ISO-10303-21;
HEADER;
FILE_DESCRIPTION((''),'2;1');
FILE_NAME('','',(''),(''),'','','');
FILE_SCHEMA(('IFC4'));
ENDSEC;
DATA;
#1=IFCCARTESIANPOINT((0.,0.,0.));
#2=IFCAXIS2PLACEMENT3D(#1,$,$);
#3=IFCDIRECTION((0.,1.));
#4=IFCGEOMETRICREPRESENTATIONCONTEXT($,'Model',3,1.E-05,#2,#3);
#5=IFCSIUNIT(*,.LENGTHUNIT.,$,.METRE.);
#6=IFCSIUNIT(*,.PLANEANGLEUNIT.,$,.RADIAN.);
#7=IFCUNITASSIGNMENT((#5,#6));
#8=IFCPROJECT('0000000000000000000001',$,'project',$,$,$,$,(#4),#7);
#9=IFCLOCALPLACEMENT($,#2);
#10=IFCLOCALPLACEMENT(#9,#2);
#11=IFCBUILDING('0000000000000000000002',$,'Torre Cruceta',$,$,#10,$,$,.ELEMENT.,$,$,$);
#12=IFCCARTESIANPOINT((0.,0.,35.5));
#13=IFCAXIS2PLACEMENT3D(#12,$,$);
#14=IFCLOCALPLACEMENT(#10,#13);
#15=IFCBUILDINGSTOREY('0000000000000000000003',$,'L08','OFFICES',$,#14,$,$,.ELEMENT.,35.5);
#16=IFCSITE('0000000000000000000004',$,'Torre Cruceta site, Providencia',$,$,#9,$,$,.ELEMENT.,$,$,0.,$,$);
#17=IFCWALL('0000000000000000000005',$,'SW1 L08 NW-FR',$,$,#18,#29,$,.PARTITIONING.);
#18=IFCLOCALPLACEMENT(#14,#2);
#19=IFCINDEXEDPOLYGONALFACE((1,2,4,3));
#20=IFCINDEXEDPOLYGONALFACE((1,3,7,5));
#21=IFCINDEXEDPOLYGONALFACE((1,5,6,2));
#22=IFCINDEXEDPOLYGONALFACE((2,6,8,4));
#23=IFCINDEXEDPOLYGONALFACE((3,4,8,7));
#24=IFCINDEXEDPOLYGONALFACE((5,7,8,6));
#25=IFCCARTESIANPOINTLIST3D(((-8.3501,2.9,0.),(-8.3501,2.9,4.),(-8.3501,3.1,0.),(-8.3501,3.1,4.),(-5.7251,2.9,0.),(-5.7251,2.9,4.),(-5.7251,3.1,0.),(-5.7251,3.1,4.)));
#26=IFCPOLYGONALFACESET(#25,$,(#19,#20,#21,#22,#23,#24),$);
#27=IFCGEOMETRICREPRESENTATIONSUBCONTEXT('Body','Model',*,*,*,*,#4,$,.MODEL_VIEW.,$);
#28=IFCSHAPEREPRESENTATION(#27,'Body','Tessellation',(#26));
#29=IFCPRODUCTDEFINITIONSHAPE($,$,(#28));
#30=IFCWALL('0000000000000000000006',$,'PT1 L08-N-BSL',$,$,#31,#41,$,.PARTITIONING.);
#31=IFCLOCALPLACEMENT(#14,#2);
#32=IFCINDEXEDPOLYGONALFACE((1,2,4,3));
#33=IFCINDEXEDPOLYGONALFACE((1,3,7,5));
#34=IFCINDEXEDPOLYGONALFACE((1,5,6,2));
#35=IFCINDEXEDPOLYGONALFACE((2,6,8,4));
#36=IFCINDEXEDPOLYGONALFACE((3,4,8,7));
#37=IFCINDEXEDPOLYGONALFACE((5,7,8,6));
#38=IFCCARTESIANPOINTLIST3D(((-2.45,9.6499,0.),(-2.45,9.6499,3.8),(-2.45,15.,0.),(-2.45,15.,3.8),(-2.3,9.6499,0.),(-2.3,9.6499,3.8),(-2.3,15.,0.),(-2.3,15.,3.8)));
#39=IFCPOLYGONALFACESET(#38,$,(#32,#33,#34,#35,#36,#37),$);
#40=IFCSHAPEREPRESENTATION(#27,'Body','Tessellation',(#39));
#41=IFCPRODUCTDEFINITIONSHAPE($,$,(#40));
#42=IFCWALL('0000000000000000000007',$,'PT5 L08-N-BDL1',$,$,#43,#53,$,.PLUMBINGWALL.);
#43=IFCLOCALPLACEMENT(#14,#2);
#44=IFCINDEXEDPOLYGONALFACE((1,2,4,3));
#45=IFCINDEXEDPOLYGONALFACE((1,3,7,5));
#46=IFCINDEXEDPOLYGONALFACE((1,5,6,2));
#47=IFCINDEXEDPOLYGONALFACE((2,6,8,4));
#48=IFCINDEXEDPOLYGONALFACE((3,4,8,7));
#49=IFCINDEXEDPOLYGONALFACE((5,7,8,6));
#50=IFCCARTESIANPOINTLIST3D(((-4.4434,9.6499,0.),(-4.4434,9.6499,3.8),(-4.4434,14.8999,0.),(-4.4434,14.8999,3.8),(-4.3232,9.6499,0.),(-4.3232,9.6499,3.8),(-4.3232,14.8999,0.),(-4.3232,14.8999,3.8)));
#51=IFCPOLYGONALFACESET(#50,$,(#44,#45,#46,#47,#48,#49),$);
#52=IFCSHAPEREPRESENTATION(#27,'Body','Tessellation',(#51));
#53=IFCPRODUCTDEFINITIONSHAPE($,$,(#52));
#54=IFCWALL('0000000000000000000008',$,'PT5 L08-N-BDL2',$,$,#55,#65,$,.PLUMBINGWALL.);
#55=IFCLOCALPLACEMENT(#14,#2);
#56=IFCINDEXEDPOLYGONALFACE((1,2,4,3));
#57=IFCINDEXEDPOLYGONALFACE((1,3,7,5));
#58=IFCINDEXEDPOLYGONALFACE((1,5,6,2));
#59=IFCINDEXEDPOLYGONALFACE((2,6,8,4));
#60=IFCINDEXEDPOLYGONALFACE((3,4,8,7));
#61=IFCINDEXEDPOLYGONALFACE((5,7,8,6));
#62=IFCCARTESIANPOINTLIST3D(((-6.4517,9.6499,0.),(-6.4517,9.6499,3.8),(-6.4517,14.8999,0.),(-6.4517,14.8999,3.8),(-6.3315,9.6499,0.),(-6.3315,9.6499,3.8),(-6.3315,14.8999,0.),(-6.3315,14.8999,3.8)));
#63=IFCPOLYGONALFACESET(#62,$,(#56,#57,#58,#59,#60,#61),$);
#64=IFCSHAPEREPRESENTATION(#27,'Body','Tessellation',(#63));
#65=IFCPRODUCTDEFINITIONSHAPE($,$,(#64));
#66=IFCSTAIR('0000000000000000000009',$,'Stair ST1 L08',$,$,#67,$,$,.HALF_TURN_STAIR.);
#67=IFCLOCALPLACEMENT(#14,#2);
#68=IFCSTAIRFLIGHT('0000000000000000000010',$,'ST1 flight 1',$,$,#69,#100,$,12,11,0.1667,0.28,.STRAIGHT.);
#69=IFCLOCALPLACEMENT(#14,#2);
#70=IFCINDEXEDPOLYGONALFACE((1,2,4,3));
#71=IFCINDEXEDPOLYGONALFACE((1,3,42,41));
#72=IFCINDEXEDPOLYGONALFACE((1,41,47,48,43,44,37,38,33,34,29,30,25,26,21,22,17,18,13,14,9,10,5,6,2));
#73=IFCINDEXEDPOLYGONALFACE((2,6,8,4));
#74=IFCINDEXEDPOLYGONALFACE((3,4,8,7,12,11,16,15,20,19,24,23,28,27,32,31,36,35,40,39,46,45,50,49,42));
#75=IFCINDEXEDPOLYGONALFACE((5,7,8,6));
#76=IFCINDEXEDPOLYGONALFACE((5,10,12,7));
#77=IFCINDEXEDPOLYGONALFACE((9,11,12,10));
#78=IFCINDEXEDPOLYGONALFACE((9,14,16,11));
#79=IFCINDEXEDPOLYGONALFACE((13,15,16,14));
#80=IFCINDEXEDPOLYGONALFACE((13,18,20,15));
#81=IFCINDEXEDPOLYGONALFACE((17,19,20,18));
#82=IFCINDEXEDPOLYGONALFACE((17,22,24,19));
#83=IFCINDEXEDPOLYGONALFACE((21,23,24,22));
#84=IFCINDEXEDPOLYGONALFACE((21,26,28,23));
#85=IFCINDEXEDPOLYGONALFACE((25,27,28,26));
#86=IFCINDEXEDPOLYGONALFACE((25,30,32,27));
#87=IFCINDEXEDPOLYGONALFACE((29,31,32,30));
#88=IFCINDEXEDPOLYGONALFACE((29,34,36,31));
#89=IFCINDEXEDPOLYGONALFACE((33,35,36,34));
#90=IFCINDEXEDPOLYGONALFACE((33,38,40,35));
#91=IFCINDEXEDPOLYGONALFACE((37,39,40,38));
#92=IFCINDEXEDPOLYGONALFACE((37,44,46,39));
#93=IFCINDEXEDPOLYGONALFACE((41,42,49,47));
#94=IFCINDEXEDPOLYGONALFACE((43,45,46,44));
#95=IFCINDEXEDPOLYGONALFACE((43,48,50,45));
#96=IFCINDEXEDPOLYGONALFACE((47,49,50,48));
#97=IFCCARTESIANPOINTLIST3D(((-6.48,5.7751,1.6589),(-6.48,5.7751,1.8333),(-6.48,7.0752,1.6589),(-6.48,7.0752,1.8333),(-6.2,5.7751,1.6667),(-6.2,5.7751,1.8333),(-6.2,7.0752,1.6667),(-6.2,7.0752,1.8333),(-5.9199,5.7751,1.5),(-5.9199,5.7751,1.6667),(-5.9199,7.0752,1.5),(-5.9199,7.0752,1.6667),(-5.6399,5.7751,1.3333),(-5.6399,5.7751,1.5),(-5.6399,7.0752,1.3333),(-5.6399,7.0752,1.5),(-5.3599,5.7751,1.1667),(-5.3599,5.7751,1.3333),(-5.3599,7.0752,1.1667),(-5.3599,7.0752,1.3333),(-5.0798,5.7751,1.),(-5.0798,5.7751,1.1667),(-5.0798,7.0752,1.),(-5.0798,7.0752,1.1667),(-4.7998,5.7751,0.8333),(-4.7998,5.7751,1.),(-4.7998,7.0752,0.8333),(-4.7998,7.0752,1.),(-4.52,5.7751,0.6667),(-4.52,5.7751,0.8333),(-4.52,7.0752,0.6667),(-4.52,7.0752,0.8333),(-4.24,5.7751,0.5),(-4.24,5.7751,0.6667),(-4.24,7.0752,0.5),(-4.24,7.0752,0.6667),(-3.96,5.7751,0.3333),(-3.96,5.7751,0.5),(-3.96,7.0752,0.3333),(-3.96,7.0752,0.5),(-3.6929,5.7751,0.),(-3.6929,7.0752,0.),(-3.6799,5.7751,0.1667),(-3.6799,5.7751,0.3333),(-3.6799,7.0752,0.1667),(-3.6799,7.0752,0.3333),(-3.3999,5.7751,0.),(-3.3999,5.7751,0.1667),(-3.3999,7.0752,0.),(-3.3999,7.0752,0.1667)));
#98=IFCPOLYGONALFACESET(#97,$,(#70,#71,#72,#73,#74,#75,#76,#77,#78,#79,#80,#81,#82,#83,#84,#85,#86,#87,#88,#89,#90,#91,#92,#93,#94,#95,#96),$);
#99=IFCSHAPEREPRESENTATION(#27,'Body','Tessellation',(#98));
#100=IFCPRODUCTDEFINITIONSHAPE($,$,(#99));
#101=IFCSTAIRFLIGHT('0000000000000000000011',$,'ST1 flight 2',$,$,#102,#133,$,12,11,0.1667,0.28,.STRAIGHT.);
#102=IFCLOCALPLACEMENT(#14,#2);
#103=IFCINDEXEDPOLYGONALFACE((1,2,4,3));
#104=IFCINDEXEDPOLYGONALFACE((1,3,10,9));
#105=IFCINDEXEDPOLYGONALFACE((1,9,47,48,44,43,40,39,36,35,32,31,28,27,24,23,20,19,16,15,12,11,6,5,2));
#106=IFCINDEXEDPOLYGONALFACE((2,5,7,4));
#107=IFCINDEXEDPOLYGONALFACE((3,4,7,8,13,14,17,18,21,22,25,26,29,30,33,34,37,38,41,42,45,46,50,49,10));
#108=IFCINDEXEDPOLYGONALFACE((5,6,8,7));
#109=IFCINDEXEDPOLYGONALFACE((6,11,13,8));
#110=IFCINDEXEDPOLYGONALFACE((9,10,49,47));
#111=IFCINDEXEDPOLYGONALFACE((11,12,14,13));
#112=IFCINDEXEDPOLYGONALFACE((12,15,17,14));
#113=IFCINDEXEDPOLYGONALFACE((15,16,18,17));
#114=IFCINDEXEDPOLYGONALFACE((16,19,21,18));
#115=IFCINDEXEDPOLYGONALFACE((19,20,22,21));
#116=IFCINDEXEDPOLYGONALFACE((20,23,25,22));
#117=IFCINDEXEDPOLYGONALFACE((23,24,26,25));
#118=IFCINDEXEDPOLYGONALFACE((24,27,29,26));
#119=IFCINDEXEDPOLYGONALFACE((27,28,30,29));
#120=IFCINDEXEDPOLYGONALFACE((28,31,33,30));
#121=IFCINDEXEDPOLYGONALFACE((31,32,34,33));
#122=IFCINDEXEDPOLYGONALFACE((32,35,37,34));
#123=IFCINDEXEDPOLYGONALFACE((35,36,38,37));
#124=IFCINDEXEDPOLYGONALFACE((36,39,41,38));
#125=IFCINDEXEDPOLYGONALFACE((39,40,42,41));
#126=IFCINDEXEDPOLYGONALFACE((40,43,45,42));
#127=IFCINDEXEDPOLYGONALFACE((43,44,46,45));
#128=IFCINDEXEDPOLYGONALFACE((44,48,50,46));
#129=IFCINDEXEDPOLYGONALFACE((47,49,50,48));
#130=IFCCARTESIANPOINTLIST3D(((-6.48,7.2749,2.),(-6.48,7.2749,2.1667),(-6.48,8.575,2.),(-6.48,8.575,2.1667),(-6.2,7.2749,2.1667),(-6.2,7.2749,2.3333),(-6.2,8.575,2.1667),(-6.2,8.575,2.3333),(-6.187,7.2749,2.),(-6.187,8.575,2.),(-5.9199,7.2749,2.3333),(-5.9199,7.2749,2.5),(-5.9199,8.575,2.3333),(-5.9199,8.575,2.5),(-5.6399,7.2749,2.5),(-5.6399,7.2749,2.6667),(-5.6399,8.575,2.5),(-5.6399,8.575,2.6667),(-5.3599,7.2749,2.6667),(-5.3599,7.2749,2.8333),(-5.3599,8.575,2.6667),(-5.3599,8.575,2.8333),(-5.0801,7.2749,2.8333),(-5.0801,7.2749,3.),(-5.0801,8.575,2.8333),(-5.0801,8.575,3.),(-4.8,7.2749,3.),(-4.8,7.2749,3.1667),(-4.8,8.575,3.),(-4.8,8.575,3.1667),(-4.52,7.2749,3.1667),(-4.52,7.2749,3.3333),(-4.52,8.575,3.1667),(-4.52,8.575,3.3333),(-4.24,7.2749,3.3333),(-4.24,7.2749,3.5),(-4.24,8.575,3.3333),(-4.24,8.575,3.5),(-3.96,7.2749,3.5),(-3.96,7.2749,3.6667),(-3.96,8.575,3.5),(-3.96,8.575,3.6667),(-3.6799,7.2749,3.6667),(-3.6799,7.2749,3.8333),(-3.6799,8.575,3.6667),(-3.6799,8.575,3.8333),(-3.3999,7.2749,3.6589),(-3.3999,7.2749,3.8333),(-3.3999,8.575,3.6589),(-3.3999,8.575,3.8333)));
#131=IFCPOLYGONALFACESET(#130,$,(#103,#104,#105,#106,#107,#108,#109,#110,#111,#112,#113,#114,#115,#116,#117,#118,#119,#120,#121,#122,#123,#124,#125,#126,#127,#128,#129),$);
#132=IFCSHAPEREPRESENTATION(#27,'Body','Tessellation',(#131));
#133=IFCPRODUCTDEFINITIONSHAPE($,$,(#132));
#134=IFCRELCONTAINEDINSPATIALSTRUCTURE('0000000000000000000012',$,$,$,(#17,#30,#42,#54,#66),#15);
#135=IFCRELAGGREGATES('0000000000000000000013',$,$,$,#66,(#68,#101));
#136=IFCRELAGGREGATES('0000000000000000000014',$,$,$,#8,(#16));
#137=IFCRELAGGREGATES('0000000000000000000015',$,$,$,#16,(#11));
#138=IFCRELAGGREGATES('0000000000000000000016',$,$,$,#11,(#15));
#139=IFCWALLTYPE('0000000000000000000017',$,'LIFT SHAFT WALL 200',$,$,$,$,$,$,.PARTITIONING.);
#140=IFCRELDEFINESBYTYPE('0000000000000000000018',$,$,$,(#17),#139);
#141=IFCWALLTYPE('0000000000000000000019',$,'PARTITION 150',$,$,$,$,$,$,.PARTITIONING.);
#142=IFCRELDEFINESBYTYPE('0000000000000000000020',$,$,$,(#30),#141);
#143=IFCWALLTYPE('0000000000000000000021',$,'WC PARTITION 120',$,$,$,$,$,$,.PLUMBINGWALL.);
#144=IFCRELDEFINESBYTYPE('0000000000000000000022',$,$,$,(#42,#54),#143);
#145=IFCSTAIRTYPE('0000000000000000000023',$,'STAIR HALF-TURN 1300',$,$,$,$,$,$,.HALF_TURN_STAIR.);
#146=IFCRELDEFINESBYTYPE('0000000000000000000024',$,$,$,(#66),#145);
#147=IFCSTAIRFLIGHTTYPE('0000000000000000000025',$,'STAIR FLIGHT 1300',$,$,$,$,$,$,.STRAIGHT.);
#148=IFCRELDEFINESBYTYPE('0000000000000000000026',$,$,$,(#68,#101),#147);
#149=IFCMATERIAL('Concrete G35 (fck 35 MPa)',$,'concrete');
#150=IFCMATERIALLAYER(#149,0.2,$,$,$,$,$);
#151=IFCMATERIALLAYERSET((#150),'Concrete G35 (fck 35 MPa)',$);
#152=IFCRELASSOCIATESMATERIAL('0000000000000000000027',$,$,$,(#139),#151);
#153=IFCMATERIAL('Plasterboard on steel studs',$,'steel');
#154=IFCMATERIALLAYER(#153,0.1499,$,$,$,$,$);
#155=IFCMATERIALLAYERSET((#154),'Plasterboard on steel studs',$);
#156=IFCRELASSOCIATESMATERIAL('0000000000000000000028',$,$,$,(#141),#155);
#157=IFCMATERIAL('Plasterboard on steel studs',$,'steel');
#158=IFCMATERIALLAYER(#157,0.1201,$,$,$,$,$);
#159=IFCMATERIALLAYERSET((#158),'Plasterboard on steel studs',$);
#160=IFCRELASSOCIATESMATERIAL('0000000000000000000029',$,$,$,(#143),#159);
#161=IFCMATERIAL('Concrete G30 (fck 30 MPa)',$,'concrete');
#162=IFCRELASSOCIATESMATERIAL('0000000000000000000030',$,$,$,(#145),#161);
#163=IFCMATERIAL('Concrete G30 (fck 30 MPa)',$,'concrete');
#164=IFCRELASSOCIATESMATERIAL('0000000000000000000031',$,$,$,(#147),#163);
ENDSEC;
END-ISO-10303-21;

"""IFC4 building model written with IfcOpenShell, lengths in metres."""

from ifc_helpers import new_model, si_unit, direction, frame, frame_2d, origin, place, context, subcontext, project, spatial, polyline, rectangle, outline, extrude, material, layer, layer_set, type_object, element, aggregate, save


model = new_model("IFC4")

# Units and contexts
model_context = context("Model", 3, precision=1e-05, world=origin(), true_north=direction((0.0, 1.0)))
body_context = subcontext(model_context, "Body", "Model", "MODEL_VIEW")
ifc_project = project(units=[si_unit("LENGTHUNIT", "METRE"), si_unit("PLANEANGLEUNIT", "RADIAN")], contexts=[model_context])

# Site, building, storey
site_placement = place(None, origin())
site = spatial("IfcSite", under=ifc_project, at=site_placement, Name="Torre Cruceta site, Providencia", CompositionType="ELEMENT", RefElevation=0.0)
building_placement = place(site_placement, origin())
building = spatial("IfcBuilding", under=site, at=building_placement, Name="Torre Cruceta", CompositionType="ELEMENT")
storey_placement = place(building_placement, frame((0.0, 0.0, 35.5)))
storey = spatial("IfcBuildingStorey", under=building, at=storey_placement, Name="L08", Description="OFFICES", CompositionType="ELEMENT", Elevation=35.5)

# Walls
ifc_material_1 = material(Name="Concrete G35 (fck 35 MPa)", Category="concrete")
ifc_layer_1 = layer(ifc_material_1, 0.2)
ifc_layer_set_1 = layer_set([ifc_layer_1], Name="Concrete G35 (fck 35 MPa)")
wall_type_1 = type_object("IfcWallType", Name="LIFT SHAFT WALL 200", PredefinedType="PARTITIONING", material=ifc_layer_set_1)
wall_1_placement = place(storey_placement, frame((-5.7251, 3.0, 0.0), z_axis=(0.0, 0.0, 1.0), x_axis=(-1.0, 0.0, 0.0)))
element("IfcWall", 1, at=wall_1_placement, inside=storey, type_object=wall_type_1, Name="SW1 L08 NW-FR", PredefinedType="PARTITIONING", context=body_context, shape_type="SweptSolid", body=[
    extrude(rectangle(XDim=2.625, YDim=0.2, at=frame_2d((1.3125, 0.0))), origin(), (0.0, 0.0, 1.0), 4.0),
])
ifc_material_2 = material(Name="Plasterboard on steel studs", Category="steel")
ifc_layer_2 = layer(ifc_material_2, 0.1499)
ifc_layer_set_2 = layer_set([ifc_layer_2], Name="Plasterboard on steel studs")
wall_type_2 = type_object("IfcWallType", Name="PARTITION 150", PredefinedType="PARTITIONING", material=ifc_layer_set_2)
wall_2_placement = place(storey_placement, frame((-2.375, 9.6499, 0.0), z_axis=(0.0, 0.0, 1.0), x_axis=(0.0, 1.0, 0.0)))
element("IfcWall", 2, at=wall_2_placement, inside=storey, type_object=wall_type_2, Name="PT1 L08-N-BSL", PredefinedType="PARTITIONING", context=body_context, shape_type="SweptSolid", body=[
    extrude(rectangle(XDim=5.3501, YDim=0.1499, at=frame_2d((2.675, 0.0))), origin(), (0.0, 0.0, 1.0), 3.8),
])
ifc_material_3 = material(Name="Plasterboard on steel studs", Category="steel")
ifc_layer_3 = layer(ifc_material_3, 0.1201)
ifc_layer_set_3 = layer_set([ifc_layer_3], Name="Plasterboard on steel studs")
wall_type_3 = type_object("IfcWallType", Name="WC PARTITION 120", PredefinedType="PLUMBINGWALL", material=ifc_layer_set_3)
for number, where, z_axis, x_axis, name in (
    (3, (-4.3833, 9.6499, 0.0), (0.0, 0.0, 1.0), (0.0, 1.0, 0.0), "PT5 L08-N-BDL1"),
    (4, (-6.3916, 9.6499, 0.0), (0.0, 0.0, 1.0), (0.0, 1.0, 0.0), "PT5 L08-N-BDL2"),
):
    element("IfcWall", number, at=place(storey_placement, frame(where, z_axis=z_axis, x_axis=x_axis)), inside=storey, type_object=wall_type_3, Name=name, PredefinedType="PLUMBINGWALL", context=body_context, shape_type="SweptSolid", body=[
        extrude(rectangle(XDim=5.25, YDim=0.1201, at=frame_2d((2.625, 0.0))), origin(), (0.0, 0.0, 1.0), 3.8),
    ])

# Stair, stair flights
ifc_material_4 = material(Name="Concrete G30 (fck 30 MPa)", Category="concrete")
stair_type = type_object("IfcStairType", Name="STAIR HALF-TURN 1300", PredefinedType="HALF_TURN_STAIR", material=ifc_material_4)
stair_placement = place(storey_placement, origin())
stair = element("IfcStair", 5, at=stair_placement, inside=storey, type_object=stair_type, Name="Stair ST1 L08", PredefinedType="HALF_TURN_STAIR")
ifc_material_5 = material(Name="Concrete G30 (fck 30 MPa)", Category="concrete")
stair_flight_type = type_object("IfcStairFlightType", Name="STAIR FLIGHT 1300", PredefinedType="STRAIGHT", material=ifc_material_5)
stair_flight_1_placement = place(storey_placement, frame((-3.3999, 6.425, 0.0), z_axis=(0.0, 0.0, 1.0), x_axis=(-1.0, 0.0, 0.0)))
stair_flight_1 = element("IfcStairFlight", 6, at=stair_flight_1_placement, type_object=stair_flight_type, Name="ST1 flight 1", NumberOfRisers=12, NumberOfTreads=11, PredefinedType="STRAIGHT", RiserHeight=0.1667, TreadLength=0.28, context=body_context, shape_type="SweptSolid", body=[
    extrude(outline(polyline([(0.0, 0.0), (0.0, 0.1667), (0.28, 0.1667), (0.28, 0.3333), (0.5601, 0.3333), (0.5601, 0.5), (0.8401, 0.5), (0.8401, 0.6667), (1.1201, 0.6667), (1.1201, 0.8333), (1.3999, 0.8333), (1.3999, 1.0), (1.6799, 1.0), (1.6799, 1.1667), (1.96, 1.1667), (1.96, 1.3333), (2.24, 1.3333), (2.24, 1.5), (2.52, 1.5), (2.52, 1.6667), (2.8, 1.6667), (2.8, 1.8333), (3.0801, 1.8333), (3.0801, 2.0), (3.0801, 1.6589), (0.293, 0.0), (0.0, 0.0)])), frame((0.0, 0.6499, 0.0), z_axis=(0.0, -1.0, 0.0), x_axis=(1.0, 0.0, 0.0)), (0.0, 0.0, 1.0), 1.3),
])
stair_flight_2_placement = place(storey_placement, frame((-6.48, 7.925, 2.0), z_axis=(0.0, 0.0, 1.0), x_axis=(1.0, 0.0, 0.0)))
stair_flight_2 = element("IfcStairFlight", 7, at=stair_flight_2_placement, type_object=stair_flight_type, Name="ST1 flight 2", NumberOfRisers=12, NumberOfTreads=11, PredefinedType="STRAIGHT", RiserHeight=0.1667, TreadLength=0.28, context=body_context, shape_type="SweptSolid", body=[
    extrude(outline(polyline([(0.0, 0.0), (0.0, 0.1667), (0.28, 0.1667), (0.28, 0.3333), (0.5601, 0.3333), (0.5601, 0.5), (0.8401, 0.5), (0.8401, 0.6667), (1.1201, 0.6667), (1.1201, 0.8333), (1.3999, 0.8333), (1.3999, 1.0), (1.6799, 1.0), (1.6799, 1.1667), (1.96, 1.1667), (1.96, 1.3333), (2.24, 1.3333), (2.24, 1.5), (2.52, 1.5), (2.52, 1.6667), (2.8, 1.6667), (2.8, 1.8333), (3.0801, 1.8333), (3.0801, 2.0), (3.0801, 1.6589), (0.293, 0.0), (0.0, 0.0)])), frame((0.0, 0.6499, 0.0), z_axis=(0.0, -1.0, 0.0), x_axis=(1.0, 0.0, 0.0)), (0.0, 0.0, 1.0), 1.3),
])
aggregate(stair, [stair_flight_1, stair_flight_2])

save(model, "model.ifc")
